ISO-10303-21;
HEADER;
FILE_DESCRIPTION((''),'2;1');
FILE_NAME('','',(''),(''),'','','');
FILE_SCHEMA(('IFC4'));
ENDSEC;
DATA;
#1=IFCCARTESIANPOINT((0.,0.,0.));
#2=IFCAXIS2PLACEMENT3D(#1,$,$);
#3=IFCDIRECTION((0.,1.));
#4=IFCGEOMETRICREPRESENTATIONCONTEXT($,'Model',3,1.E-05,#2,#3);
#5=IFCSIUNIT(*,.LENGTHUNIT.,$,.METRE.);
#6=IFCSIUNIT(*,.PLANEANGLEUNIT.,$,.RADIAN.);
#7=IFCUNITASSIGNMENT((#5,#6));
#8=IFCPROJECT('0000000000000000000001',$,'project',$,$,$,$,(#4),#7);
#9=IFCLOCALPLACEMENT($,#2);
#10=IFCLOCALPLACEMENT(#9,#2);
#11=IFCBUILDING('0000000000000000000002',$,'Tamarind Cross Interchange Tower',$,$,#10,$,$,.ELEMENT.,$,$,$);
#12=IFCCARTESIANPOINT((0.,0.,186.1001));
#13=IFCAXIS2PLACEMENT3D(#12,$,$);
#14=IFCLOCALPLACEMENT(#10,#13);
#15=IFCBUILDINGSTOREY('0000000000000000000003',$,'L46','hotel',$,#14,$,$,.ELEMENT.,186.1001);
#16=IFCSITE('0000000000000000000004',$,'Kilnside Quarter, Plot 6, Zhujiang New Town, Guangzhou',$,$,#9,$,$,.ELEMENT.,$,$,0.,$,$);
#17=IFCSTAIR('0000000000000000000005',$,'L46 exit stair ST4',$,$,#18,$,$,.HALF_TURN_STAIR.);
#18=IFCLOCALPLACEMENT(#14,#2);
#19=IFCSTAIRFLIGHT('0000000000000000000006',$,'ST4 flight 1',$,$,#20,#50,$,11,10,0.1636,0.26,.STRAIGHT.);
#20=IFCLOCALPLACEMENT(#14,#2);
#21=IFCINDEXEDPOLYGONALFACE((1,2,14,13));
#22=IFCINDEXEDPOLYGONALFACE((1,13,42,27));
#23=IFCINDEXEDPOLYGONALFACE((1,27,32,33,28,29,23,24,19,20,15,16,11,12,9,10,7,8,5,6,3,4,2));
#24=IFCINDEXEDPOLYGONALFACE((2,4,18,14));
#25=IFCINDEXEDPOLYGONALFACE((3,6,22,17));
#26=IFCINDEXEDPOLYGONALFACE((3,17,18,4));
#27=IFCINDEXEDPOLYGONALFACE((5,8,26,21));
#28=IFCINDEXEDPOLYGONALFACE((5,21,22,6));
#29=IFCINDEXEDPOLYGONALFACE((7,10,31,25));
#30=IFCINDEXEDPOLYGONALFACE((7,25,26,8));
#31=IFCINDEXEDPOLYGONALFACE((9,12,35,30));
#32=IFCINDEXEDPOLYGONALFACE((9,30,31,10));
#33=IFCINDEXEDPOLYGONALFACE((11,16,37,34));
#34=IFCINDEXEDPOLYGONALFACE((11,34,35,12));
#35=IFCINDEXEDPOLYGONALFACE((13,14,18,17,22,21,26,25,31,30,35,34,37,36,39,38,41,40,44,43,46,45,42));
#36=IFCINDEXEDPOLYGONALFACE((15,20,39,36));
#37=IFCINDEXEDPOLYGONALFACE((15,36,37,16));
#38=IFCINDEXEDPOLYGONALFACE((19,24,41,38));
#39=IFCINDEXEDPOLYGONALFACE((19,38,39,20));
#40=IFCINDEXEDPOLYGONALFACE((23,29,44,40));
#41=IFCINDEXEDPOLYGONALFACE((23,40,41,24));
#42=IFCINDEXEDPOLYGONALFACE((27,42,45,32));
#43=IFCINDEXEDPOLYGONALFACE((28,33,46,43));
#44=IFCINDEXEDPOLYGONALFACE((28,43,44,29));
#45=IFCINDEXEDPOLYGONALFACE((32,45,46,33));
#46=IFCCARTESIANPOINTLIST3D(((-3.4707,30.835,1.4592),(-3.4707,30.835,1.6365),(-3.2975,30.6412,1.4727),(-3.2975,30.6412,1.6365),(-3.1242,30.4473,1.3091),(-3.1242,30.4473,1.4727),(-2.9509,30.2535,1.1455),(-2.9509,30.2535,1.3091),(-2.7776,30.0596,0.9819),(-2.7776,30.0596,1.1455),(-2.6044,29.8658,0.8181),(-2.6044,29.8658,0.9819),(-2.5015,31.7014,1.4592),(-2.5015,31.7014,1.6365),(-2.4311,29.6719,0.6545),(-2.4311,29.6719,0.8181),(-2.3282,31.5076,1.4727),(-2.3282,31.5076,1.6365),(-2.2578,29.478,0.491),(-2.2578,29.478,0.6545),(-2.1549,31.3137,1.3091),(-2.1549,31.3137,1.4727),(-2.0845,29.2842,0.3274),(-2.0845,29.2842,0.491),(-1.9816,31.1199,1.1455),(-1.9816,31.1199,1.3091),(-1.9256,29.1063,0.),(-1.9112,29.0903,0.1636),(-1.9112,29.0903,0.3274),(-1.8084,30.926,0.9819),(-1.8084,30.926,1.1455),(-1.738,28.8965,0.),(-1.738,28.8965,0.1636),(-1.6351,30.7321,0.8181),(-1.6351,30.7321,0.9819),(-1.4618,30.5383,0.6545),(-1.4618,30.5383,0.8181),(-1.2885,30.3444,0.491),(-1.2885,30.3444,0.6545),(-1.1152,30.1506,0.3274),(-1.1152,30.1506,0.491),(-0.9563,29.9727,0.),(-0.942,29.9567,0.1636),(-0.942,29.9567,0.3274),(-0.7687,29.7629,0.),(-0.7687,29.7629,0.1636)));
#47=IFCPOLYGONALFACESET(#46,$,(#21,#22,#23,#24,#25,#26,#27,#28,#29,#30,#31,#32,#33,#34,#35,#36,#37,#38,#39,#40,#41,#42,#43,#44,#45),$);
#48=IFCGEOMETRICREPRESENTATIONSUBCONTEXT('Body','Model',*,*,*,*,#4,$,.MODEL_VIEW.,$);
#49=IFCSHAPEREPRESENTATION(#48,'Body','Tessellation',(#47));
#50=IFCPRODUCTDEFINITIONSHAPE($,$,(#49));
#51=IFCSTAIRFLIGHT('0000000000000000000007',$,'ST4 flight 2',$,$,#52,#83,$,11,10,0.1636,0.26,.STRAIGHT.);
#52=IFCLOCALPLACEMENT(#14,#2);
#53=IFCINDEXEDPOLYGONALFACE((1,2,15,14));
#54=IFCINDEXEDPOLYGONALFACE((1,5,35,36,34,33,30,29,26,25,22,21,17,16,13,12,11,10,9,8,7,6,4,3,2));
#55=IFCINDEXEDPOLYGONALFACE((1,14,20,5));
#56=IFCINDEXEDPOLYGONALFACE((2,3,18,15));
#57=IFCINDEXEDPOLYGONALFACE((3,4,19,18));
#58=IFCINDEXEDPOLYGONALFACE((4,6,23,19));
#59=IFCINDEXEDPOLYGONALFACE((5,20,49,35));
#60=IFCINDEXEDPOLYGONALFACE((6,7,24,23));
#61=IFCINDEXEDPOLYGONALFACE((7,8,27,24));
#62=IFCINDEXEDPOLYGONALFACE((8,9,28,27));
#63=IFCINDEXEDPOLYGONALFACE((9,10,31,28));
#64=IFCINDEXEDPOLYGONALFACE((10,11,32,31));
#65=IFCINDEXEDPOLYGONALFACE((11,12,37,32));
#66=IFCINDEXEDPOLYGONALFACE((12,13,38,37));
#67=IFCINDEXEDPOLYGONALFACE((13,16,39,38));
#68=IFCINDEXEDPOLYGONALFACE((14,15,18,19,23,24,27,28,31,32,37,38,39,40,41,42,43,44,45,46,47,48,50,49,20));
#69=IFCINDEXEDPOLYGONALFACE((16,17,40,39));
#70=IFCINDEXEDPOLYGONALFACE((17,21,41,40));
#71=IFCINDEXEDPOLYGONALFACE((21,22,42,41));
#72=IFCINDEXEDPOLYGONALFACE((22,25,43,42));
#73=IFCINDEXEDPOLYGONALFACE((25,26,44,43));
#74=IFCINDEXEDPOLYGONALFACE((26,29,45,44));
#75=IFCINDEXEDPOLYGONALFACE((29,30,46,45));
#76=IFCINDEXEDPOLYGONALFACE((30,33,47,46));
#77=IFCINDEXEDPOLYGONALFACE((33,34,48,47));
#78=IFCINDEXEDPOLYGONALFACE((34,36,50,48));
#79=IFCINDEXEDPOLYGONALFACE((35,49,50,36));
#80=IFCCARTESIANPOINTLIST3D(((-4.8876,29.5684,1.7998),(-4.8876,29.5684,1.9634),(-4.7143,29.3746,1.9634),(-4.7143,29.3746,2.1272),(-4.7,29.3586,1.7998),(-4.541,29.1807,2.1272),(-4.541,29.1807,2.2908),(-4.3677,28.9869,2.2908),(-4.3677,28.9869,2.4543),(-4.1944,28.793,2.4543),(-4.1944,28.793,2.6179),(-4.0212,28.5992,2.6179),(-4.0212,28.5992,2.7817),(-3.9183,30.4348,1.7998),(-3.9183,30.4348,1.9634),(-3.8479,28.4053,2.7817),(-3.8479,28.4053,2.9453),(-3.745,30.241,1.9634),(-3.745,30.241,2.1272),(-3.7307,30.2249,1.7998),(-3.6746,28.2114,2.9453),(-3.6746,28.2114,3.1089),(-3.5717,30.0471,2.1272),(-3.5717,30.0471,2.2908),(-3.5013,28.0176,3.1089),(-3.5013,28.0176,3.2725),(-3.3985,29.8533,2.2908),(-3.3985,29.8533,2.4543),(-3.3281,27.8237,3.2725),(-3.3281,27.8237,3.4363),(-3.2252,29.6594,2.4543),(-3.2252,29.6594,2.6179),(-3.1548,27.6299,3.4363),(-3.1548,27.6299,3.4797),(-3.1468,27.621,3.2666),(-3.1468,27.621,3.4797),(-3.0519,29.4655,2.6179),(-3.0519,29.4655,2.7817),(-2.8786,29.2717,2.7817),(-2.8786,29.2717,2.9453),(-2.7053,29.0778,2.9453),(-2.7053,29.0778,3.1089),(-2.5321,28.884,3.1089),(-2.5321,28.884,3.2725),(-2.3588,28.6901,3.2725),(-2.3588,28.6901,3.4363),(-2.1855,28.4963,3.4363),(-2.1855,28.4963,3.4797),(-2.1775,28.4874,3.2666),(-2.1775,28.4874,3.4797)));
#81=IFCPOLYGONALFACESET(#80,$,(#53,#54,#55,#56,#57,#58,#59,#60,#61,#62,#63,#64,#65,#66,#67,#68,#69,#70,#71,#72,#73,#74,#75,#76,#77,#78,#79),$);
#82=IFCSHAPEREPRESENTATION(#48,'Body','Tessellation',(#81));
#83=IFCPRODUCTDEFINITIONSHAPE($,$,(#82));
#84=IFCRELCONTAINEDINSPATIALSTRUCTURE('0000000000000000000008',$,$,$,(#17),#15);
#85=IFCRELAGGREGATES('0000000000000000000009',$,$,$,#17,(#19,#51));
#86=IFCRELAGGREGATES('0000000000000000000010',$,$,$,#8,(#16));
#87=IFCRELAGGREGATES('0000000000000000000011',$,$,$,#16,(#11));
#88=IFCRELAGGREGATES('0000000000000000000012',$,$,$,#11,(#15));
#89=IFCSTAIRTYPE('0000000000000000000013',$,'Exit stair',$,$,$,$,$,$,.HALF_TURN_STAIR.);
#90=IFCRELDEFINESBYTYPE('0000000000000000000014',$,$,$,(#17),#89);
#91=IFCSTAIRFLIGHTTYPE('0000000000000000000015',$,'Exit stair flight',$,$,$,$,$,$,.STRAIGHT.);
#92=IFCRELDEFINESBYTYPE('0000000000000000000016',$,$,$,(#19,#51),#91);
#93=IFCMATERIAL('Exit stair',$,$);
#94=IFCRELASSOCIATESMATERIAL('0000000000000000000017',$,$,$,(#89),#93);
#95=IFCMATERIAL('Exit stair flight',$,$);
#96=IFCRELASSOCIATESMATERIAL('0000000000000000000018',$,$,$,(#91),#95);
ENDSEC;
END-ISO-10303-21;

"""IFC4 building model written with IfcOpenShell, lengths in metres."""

from ifc_helpers import new_model, si_unit, direction, frame, origin, place, context, subcontext, project, spatial, polyline, outline, extrude, material, type_object, element, aggregate, save


model = new_model("IFC4")

# Units and contexts
model_context = context("Model", 3, precision=1e-05, world=origin(), true_north=direction((0.0, 1.0)))
body_context = subcontext(model_context, "Body", "Model", "MODEL_VIEW")
ifc_project = project(units=[si_unit("LENGTHUNIT", "METRE"), si_unit("PLANEANGLEUNIT", "RADIAN")], contexts=[model_context])

# Site, building, storey
site_placement = place(None, origin())
site = spatial("IfcSite", under=ifc_project, at=site_placement, Name="Kilnside Quarter, Plot 6, Zhujiang New Town, Guangzhou", CompositionType="ELEMENT", RefElevation=0.0)
building_placement = place(site_placement, origin())
building = spatial("IfcBuilding", under=site, at=building_placement, Name="Tamarind Cross Interchange Tower", CompositionType="ELEMENT")
storey_placement = place(building_placement, frame((0.0, 0.0, 186.1001)))
storey = spatial("IfcBuildingStorey", under=building, at=storey_placement, Name="L46", Description="hotel", CompositionType="ELEMENT", Elevation=186.1001)

# Stair, stair flights
ifc_material_1 = material(Name="Exit stair")
stair_type = type_object("IfcStairType", Name="Exit stair", PredefinedType="HALF_TURN_STAIR", material=ifc_material_1)
stair_placement = place(storey_placement, origin())
stair = element("IfcStair", 1, at=stair_placement, inside=storey, type_object=stair_type, Name="L46 exit stair ST4", PredefinedType="HALF_TURN_STAIR")
ifc_material_2 = material(Name="Exit stair flight")
stair_flight_type = type_object("IfcStairFlightType", Name="Exit stair flight", PredefinedType="STRAIGHT", material=ifc_material_2)
stair_flight_1_placement = place(storey_placement, frame((-1.2534, 29.3296, 0.0), z_axis=(0.0, 0.0, 1.0), x_axis=(-0.666428, 0.745569, 0.0)))
stair_flight_1 = element("IfcStairFlight", 2, at=stair_flight_1_placement, type_object=stair_flight_type, Name="ST4 flight 1", NumberOfRisers=11, NumberOfTreads=10, PredefinedType="STRAIGHT", RiserHeight=0.1636, TreadLength=0.26, context=body_context, shape_type="SweptSolid", body=[
    extrude(outline(polyline([(0.0, 0.0), (0.0, 0.1636), (0.26, 0.1636), (0.26, 0.3274), (0.52, 0.3274), (0.52, 0.491), (0.78, 0.491), (0.78, 0.6545), (1.04, 0.6545), (1.04, 0.8181), (1.3, 0.8181), (1.3, 0.9819), (1.5601, 0.9819), (1.5601, 1.1455), (1.8201, 1.1455), (1.8201, 1.3091), (2.0801, 1.3091), (2.0801, 1.4727), (2.3401, 1.4727), (2.3401, 1.6365), (2.6001, 1.6365), (2.6001, 1.8), (2.6001, 1.4592), (0.2815, 0.0), (0.0, 0.0)])), frame((0.0, 0.6499, 0.0), z_axis=(0.0, -1.0, 0.0), x_axis=(1.0, 0.0, 0.0)), (0.0, 0.0, 1.0), 1.3),
])
stair_flight_2_placement = place(storey_placement, frame((-4.4028, 30.0017, 1.7998), z_axis=(0.0, 0.0, 1.0), x_axis=(0.666428, -0.745569, 0.0)))
stair_flight_2 = element("IfcStairFlight", 3, at=stair_flight_2_placement, type_object=stair_flight_type, Name="ST4 flight 2", NumberOfRisers=11, NumberOfTreads=10, PredefinedType="STRAIGHT", RiserHeight=0.1636, TreadLength=0.26, context=body_context, shape_type="SweptSolid", body=[
    extrude(outline(polyline([(0.0, 0.0), (0.0, 0.1636), (0.26, 0.1636), (0.26, 0.3274), (0.52, 0.3274), (0.52, 0.491), (0.78, 0.491), (0.78, 0.6545), (1.04, 0.6545), (1.04, 0.8181), (1.3, 0.8181), (1.3, 0.9819), (1.5601, 0.9819), (1.5601, 1.1455), (1.8201, 1.1455), (1.8201, 1.3091), (2.0801, 1.3091), (2.0801, 1.4727), (2.3401, 1.4727), (2.3401, 1.6365), (2.6001, 1.6365), (2.6001, 1.6799), (2.6121, 1.6799), (2.6121, 1.4668), (0.2815, 0.0), (0.0, 0.0)])), frame((0.0, 0.6499, 0.0), z_axis=(0.0, -1.0, 0.0), x_axis=(1.0, 0.0, 0.0)), (0.0, 0.0, 1.0), 1.3),
])
aggregate(stair, [stair_flight_1, stair_flight_2])

save(model, "model.ifc")
